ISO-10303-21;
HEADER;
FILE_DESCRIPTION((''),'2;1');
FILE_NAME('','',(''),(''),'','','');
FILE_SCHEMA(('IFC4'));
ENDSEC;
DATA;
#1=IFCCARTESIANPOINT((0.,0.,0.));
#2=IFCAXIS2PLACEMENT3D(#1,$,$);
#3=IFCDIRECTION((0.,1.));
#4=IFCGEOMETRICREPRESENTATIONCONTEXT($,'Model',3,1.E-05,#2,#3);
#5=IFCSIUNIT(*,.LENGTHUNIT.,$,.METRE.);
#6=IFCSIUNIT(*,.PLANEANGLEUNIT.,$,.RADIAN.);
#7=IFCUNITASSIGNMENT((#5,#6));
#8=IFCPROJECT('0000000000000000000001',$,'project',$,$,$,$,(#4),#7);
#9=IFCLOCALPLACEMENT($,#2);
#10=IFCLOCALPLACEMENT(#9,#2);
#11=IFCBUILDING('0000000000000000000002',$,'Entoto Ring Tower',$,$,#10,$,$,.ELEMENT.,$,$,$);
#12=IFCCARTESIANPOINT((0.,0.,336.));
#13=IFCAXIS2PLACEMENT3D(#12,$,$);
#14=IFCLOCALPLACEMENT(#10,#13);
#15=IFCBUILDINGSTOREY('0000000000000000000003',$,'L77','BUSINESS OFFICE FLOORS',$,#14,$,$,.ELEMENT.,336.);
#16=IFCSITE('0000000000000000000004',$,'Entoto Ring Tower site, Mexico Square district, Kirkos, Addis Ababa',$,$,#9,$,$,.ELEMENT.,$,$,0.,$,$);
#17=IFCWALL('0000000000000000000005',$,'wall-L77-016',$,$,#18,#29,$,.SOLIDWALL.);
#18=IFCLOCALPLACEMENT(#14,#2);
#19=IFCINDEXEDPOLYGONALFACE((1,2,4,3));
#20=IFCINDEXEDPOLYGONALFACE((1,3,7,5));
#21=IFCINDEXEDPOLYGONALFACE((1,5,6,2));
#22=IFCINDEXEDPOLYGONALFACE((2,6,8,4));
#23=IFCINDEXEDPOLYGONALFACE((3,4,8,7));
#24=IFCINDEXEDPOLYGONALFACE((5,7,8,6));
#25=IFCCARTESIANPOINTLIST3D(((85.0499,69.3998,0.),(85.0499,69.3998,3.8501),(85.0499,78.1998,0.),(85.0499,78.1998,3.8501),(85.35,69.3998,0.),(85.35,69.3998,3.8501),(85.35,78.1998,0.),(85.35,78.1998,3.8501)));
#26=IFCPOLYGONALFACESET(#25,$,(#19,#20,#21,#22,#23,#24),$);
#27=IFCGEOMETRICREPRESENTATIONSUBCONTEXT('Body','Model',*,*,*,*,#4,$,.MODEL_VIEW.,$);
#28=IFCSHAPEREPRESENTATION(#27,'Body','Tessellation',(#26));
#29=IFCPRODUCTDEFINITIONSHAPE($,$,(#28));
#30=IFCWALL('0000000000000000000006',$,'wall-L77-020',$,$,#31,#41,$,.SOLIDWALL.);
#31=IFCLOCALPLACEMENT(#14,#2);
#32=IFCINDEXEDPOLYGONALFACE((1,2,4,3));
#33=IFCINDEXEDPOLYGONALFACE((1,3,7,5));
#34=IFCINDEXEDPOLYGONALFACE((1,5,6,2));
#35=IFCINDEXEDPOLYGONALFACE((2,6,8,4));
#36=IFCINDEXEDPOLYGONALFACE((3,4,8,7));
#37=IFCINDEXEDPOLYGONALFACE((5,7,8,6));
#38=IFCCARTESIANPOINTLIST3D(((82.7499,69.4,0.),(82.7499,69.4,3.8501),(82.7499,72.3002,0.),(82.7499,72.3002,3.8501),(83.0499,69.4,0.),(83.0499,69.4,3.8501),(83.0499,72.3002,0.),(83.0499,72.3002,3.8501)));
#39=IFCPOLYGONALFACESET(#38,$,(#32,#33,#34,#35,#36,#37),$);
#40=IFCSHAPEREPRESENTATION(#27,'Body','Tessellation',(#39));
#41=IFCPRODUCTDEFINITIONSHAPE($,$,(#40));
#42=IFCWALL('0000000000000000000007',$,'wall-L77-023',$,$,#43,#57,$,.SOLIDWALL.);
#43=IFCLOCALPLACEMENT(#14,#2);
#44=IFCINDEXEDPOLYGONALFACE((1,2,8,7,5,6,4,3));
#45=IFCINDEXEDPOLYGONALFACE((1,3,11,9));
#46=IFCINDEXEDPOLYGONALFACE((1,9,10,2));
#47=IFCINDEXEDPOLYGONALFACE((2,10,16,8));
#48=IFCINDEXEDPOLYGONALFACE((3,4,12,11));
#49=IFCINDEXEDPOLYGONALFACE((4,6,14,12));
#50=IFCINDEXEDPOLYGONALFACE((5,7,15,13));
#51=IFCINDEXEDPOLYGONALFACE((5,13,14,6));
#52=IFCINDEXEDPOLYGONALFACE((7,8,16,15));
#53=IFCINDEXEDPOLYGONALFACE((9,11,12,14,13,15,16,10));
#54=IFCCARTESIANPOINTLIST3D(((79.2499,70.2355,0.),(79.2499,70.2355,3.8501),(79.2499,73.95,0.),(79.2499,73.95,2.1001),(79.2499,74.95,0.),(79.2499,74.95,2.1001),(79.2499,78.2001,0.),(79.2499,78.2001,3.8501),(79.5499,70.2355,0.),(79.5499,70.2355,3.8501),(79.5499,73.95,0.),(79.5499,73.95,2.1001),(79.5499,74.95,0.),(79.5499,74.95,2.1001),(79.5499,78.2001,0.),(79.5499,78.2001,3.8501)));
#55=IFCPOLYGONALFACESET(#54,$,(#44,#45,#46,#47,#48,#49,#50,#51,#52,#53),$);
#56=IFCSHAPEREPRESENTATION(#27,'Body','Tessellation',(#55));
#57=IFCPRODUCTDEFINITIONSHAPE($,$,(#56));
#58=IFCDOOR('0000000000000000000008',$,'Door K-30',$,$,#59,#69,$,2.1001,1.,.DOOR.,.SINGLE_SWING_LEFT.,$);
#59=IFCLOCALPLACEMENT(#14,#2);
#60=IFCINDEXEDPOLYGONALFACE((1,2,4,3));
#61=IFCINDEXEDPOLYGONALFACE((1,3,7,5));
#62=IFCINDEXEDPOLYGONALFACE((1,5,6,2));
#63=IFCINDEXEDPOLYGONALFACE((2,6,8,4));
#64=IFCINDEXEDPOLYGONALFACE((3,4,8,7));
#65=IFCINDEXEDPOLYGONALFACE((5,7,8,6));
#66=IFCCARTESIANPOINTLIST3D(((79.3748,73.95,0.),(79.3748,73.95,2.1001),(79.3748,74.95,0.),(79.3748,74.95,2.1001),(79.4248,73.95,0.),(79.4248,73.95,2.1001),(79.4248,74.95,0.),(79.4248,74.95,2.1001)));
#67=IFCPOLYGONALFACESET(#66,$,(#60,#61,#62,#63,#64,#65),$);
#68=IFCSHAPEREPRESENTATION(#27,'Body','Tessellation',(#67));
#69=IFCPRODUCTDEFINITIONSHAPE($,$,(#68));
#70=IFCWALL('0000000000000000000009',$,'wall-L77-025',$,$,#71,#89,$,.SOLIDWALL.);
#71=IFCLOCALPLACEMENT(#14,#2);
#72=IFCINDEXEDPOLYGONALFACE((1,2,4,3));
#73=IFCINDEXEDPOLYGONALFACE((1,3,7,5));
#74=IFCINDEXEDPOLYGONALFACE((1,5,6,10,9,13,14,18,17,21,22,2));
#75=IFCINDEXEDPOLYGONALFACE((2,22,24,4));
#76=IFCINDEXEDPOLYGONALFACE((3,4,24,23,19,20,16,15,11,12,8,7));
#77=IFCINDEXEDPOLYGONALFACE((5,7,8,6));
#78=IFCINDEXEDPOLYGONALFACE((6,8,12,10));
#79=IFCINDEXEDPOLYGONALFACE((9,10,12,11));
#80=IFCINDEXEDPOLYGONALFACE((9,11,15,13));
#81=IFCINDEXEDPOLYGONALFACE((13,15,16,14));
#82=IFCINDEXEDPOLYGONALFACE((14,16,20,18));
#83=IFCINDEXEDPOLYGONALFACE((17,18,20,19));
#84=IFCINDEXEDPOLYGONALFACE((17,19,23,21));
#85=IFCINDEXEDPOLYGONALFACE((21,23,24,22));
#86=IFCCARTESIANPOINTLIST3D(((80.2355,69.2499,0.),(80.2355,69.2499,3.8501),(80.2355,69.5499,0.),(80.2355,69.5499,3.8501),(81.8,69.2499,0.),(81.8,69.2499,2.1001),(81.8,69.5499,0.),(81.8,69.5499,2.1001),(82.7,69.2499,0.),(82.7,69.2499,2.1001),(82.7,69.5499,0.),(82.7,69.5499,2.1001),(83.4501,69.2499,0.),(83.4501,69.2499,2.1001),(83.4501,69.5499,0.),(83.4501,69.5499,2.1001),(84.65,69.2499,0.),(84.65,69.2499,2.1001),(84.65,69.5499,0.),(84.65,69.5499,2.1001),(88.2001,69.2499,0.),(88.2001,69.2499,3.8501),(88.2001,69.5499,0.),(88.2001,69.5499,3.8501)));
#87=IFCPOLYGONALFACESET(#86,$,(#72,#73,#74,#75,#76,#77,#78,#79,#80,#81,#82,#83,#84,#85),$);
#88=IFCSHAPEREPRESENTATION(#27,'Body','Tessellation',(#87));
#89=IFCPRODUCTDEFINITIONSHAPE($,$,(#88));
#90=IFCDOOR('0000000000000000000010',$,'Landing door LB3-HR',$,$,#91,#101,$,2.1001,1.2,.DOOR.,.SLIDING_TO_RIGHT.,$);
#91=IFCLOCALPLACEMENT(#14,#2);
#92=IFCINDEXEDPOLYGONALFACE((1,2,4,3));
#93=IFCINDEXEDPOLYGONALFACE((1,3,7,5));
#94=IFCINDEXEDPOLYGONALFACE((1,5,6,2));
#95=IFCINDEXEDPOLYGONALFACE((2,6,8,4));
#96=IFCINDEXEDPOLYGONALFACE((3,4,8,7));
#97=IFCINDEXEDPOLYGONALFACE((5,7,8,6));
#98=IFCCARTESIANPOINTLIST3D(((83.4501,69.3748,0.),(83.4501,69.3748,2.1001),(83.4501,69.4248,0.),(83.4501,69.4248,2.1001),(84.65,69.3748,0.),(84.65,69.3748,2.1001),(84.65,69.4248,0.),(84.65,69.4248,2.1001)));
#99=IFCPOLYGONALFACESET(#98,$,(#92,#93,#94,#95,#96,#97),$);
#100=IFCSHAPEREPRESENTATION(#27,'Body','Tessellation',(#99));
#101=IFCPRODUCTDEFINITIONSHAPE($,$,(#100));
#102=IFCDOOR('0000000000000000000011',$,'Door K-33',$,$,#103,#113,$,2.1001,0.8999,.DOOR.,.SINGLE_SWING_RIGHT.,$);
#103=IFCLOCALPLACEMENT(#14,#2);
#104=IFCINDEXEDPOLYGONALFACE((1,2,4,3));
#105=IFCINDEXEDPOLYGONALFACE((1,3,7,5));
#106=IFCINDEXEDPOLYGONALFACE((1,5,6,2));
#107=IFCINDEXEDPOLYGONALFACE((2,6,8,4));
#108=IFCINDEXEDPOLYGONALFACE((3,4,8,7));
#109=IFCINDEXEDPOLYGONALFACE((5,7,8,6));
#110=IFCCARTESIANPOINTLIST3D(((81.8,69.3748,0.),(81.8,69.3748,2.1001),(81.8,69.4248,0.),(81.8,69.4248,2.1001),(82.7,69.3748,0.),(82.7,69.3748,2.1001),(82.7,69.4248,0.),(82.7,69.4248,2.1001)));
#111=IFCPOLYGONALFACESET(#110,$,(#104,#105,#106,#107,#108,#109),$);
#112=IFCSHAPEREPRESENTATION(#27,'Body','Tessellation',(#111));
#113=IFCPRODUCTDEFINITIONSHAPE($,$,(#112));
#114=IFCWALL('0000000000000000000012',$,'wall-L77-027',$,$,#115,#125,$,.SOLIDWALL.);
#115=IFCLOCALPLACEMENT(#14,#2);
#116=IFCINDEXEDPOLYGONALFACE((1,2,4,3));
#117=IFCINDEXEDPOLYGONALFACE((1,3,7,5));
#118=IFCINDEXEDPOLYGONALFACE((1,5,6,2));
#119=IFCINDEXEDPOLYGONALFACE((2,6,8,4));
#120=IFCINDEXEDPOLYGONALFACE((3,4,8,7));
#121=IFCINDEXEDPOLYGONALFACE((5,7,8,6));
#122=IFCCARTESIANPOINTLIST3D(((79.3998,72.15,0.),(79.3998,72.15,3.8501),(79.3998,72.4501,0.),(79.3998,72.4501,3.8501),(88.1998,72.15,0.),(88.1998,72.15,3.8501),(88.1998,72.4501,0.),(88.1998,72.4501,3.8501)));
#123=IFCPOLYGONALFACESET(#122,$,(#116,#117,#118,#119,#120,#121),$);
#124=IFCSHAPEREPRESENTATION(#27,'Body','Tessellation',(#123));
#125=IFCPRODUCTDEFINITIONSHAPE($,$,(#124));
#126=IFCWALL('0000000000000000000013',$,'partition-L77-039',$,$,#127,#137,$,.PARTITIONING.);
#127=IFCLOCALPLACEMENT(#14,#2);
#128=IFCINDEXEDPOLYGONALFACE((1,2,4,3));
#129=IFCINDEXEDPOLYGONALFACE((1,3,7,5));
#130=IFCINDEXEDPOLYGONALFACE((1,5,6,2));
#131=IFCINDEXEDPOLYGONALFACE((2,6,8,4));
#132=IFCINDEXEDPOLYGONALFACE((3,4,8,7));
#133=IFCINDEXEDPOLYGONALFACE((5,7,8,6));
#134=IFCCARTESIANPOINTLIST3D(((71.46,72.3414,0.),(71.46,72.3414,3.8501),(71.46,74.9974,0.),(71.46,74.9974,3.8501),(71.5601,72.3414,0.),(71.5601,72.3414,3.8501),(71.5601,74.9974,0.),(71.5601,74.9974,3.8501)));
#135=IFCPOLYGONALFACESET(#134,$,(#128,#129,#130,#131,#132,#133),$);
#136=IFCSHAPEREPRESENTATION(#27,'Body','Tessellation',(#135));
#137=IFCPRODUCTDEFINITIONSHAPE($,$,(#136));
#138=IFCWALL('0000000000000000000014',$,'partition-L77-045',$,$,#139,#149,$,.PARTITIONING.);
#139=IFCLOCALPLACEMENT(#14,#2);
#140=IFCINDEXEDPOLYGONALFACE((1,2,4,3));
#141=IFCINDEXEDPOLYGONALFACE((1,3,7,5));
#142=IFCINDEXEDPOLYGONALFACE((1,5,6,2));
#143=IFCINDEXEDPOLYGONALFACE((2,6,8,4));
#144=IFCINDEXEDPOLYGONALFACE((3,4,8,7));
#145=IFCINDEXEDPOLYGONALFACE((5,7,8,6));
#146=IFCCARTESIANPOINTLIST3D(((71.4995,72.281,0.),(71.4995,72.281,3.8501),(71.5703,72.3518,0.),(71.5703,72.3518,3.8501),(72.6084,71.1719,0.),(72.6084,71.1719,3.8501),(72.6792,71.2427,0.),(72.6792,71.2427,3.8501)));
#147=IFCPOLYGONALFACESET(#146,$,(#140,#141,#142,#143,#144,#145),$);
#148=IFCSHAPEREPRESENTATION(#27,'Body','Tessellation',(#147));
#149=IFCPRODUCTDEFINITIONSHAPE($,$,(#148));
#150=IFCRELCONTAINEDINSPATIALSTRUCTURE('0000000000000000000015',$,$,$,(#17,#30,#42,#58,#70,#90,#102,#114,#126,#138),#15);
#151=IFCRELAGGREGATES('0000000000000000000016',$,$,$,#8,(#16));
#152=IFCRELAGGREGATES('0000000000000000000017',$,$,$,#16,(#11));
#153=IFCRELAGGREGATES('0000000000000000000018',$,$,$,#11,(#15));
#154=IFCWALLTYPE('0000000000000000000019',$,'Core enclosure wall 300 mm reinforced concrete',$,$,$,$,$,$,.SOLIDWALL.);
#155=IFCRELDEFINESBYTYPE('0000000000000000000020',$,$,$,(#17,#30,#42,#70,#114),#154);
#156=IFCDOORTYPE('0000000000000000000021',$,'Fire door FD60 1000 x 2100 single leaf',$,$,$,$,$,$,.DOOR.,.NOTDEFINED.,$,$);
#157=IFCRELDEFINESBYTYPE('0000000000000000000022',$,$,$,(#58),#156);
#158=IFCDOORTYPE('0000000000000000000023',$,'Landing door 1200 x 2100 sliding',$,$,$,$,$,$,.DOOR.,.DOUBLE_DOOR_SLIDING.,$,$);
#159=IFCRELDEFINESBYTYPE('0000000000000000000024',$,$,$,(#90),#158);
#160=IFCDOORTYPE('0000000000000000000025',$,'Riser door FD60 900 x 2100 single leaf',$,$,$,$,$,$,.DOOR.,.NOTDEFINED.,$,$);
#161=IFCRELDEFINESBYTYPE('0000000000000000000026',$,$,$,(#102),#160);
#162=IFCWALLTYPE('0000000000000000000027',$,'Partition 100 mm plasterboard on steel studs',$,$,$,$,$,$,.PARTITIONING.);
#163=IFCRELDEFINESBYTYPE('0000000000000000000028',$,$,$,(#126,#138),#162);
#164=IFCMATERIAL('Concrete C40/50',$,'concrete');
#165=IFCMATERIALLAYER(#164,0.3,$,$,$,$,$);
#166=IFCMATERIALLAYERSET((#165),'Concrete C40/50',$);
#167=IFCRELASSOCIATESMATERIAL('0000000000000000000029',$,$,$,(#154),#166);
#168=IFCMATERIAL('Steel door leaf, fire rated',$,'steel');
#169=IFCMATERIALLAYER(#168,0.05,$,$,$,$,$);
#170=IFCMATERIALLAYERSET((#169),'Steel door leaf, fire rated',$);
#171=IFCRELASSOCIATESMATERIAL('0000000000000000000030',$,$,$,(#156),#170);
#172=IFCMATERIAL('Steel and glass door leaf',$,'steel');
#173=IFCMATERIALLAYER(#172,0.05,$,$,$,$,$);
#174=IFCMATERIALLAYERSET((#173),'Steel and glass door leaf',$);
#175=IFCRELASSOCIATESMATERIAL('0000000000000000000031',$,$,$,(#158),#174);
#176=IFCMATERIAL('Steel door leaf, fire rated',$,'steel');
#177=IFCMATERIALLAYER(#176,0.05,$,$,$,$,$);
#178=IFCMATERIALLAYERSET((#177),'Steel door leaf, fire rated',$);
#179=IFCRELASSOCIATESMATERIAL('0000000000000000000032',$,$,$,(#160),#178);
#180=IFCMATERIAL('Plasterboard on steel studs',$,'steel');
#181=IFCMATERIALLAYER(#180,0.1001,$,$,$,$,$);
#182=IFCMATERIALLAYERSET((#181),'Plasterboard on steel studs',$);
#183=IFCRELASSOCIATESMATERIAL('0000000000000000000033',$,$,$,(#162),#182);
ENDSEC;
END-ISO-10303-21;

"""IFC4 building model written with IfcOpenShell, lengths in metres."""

from ifc_helpers import new_model, si_unit, direction, frame, frame_2d, origin, place, context, subcontext, project, spatial, rectangle, extrude, material, layer, layer_set, type_object, element, fill, save


model = new_model("IFC4")

# Units and contexts
model_context = context("Model", 3, precision=1e-05, world=origin(), true_north=direction((0.0, 1.0)))
body_context = subcontext(model_context, "Body", "Model", "MODEL_VIEW")
ifc_project = project(units=[si_unit("LENGTHUNIT", "METRE"), si_unit("PLANEANGLEUNIT", "RADIAN")], contexts=[model_context])

# Site, building, storey
site_placement = place(None, origin())
site = spatial("IfcSite", under=ifc_project, at=site_placement, Name="Entoto Ring Tower site, Mexico Square district, Kirkos, Addis Ababa", CompositionType="ELEMENT", RefElevation=0.0)
building_placement = place(site_placement, origin())
building = spatial("IfcBuilding", under=site, at=building_placement, Name="Entoto Ring Tower", CompositionType="ELEMENT")
storey_placement = place(building_placement, frame((0.0, 0.0, 336.0)))
storey = spatial("IfcBuildingStorey", under=building, at=storey_placement, Name="L77", Description="BUSINESS OFFICE FLOORS", CompositionType="ELEMENT", Elevation=336.0)

# Walls
ifc_material_1 = material(Name="Concrete C40/50", Category="concrete")
ifc_layer_1 = layer(ifc_material_1, 0.3)
ifc_layer_set_1 = layer_set([ifc_layer_1], Name="Concrete C40/50")
wall_type_1 = type_object("IfcWallType", Name="Core enclosure wall 300 mm reinforced concrete", PredefinedType="SOLIDWALL", material=ifc_layer_set_1)
wall_1_placement = place(storey_placement, frame((85.2, 69.3999, 0.0), z_axis=(0.0, 0.0, 1.0), x_axis=(0.0, 1.0, 0.0)))
element("IfcWall", 1, at=wall_1_placement, inside=storey, type_object=wall_type_1, Name="wall-L77-016", PredefinedType="SOLIDWALL", context=body_context, shape_type="SweptSolid", body=[
    extrude(rectangle(XDim=8.8, YDim=0.3, at=frame_2d((4.3999, 0.0))), origin(), (0.0, 0.0, 1.0), 3.8501),
])
wall_2_placement = place(storey_placement, frame((82.8999, 69.3999, 0.0), z_axis=(0.0, 0.0, 1.0), x_axis=(0.0, 1.0, 0.0)))
element("IfcWall", 2, at=wall_2_placement, inside=storey, type_object=wall_type_1, Name="wall-L77-020", PredefinedType="SOLIDWALL", context=body_context, shape_type="SweptSolid", body=[
    extrude(rectangle(XDim=2.9001, YDim=0.3, at=frame_2d((1.4502, 0.0))), origin(), (0.0, 0.0, 1.0), 3.8501),
])

# Wall, opening, door
wall_3_placement = place(storey_placement, frame((79.3999, 70.2354, 0.0), z_axis=(0.0, 0.0, 1.0), x_axis=(0.0, 1.0, 0.0)))
wall_3 = element("IfcWall", 3, at=wall_3_placement, inside=storey, type_object=wall_type_1, Name="wall-L77-023", PredefinedType="SOLIDWALL", context=body_context, shape_type="SweptSolid", body=[
    extrude(rectangle(XDim=7.9646, YDim=0.3, at=frame_2d((3.9824, 0.0))), origin(), (0.0, 0.0, 1.0), 3.8501),
])
opening_1_placement = place(wall_3_placement, frame((3.7146, 0.0, 0.0)))
opening_1 = element("IfcOpeningElement", 4, at=opening_1_placement, cuts=wall_3, PredefinedType="OPENING", context=body_context, shape_type="SweptSolid", body=[
    extrude(rectangle(XDim=1.0, YDim=2.1001, at=frame_2d((0.5, 1.05))), frame((0.0, 0.1602, 0.0), z_axis=(0.0, -1.0, 0.0), x_axis=(1.0, 0.0, 0.0)), (0.0, 0.0, 1.0), 0.3201),
])
ifc_material_2 = material(Name="Steel door leaf, fire rated", Category="steel")
ifc_layer_2 = layer(ifc_material_2, 0.05)
ifc_layer_set_2 = layer_set([ifc_layer_2], Name="Steel door leaf, fire rated")
door_type_1 = type_object("IfcDoorType", Name="Fire door FD60 1000 x 2100 single leaf", OperationType="NOTDEFINED", PredefinedType="DOOR", material=ifc_layer_set_2)
door_1_placement = place(opening_1_placement, frame((1.0, 0.0, 0.0), z_axis=(0.0, 0.0, 1.0), x_axis=(-1.0, 0.0, 0.0)))
door_1 = element("IfcDoor", 5, at=door_1_placement, inside=storey, type_object=door_type_1, Name="Door K-30", OperationType="SINGLE_SWING_LEFT", OverallHeight=2.1001, OverallWidth=1.0, PredefinedType="DOOR", context=body_context, shape_type="SweptSolid", body=[
    extrude(rectangle(XDim=1.0, YDim=2.1001, at=frame_2d((0.5, 1.05))), frame((0.0, 0.0249, 0.0), z_axis=(0.0, -1.0, 0.0), x_axis=(1.0, 0.0, 0.0)), (0.0, 0.0, 1.0), 0.05),
])
fill(opening_1, door_1)

# Wall, openings, doors
wall_4_placement = place(storey_placement, frame((80.2354, 69.3999, 0.0), z_axis=(0.0, 0.0, 1.0), x_axis=(1.0, 0.0, 0.0)))
wall_4 = element("IfcWall", 6, at=wall_4_placement, inside=storey, type_object=wall_type_1, Name="wall-L77-025", PredefinedType="SOLIDWALL", context=body_context, shape_type="SweptSolid", body=[
    extrude(rectangle(XDim=7.9646, YDim=0.3, at=frame_2d((3.9824, 0.0))), origin(), (0.0, 0.0, 1.0), 3.8501),
])
opening_2_placement = place(wall_4_placement, frame((3.2146, 0.0, 0.0)))
opening_2 = element("IfcOpeningElement", 7, at=opening_2_placement, cuts=wall_4, PredefinedType="OPENING", context=body_context, shape_type="SweptSolid", body=[
    extrude(rectangle(XDim=1.2, YDim=2.1001, at=frame_2d((0.6001, 1.05))), frame((0.0, 0.1602, 0.0), z_axis=(0.0, -1.0, 0.0), x_axis=(1.0, 0.0, 0.0)), (0.0, 0.0, 1.0), 0.3201),
])
opening_3_placement = place(wall_4_placement, frame((1.5647, 0.0, 0.0)))
opening_3 = element("IfcOpeningElement", 8, at=opening_3_placement, cuts=wall_4, PredefinedType="OPENING", context=body_context, shape_type="SweptSolid", body=[
    extrude(rectangle(XDim=0.8999, YDim=2.1001, at=frame_2d((0.45, 1.05))), frame((0.0, 0.1602, 0.0), z_axis=(0.0, -1.0, 0.0), x_axis=(1.0, 0.0, 0.0)), (0.0, 0.0, 1.0), 0.3201),
])
ifc_material_3 = material(Name="Steel and glass door leaf", Category="steel")
ifc_layer_3 = layer(ifc_material_3, 0.05)
ifc_layer_set_3 = layer_set([ifc_layer_3], Name="Steel and glass door leaf")
door_type_2 = type_object("IfcDoorType", Name="Landing door 1200 x 2100 sliding", OperationType="DOUBLE_DOOR_SLIDING", PredefinedType="DOOR", material=ifc_layer_set_3)
door_2_placement = place(opening_2_placement, origin())
door_2 = element("IfcDoor", 9, at=door_2_placement, inside=storey, type_object=door_type_2, Name="Landing door LB3-HR", OperationType="SLIDING_TO_RIGHT", OverallHeight=2.1001, OverallWidth=1.2, PredefinedType="DOOR", context=body_context, shape_type="SweptSolid", body=[
    extrude(rectangle(XDim=1.2, YDim=2.1001, at=frame_2d((0.6001, 1.05))), frame((0.0, 0.0249, 0.0), z_axis=(0.0, -1.0, 0.0), x_axis=(1.0, 0.0, 0.0)), (0.0, 0.0, 1.0), 0.05),
])
fill(opening_2, door_2)
ifc_material_4 = material(Name="Steel door leaf, fire rated", Category="steel")
ifc_layer_4 = layer(ifc_material_4, 0.05)
ifc_layer_set_4 = layer_set([ifc_layer_4], Name="Steel door leaf, fire rated")
door_type_3 = type_object("IfcDoorType", Name="Riser door FD60 900 x 2100 single leaf", OperationType="NOTDEFINED", PredefinedType="DOOR", material=ifc_layer_set_4)
door_3_placement = place(opening_3_placement, origin())
door_3 = element("IfcDoor", 10, at=door_3_placement, inside=storey, type_object=door_type_3, Name="Door K-33", OperationType="SINGLE_SWING_RIGHT", OverallHeight=2.1001, OverallWidth=0.8999, PredefinedType="DOOR", context=body_context, shape_type="SweptSolid", body=[
    extrude(rectangle(XDim=0.8999, YDim=2.1001, at=frame_2d((0.45, 1.05))), frame((0.0, 0.0249, 0.0), z_axis=(0.0, -1.0, 0.0), x_axis=(1.0, 0.0, 0.0)), (0.0, 0.0, 1.0), 0.05),
])
fill(opening_3, door_3)

# Walls
wall_5_placement = place(storey_placement, frame((79.3999, 72.3, 0.0), z_axis=(0.0, 0.0, 1.0), x_axis=(1.0, 0.0, 0.0)))
element("IfcWall", 11, at=wall_5_placement, inside=storey, type_object=wall_type_1, Name="wall-L77-027", PredefinedType="SOLIDWALL", context=body_context, shape_type="SweptSolid", body=[
    extrude(rectangle(XDim=8.8, YDim=0.3, at=frame_2d((4.3999, 0.0))), origin(), (0.0, 0.0, 1.0), 3.8501),
])
ifc_material_5 = material(Name="Plasterboard on steel studs", Category="steel")
ifc_layer_5 = layer(ifc_material_5, 0.1001)
ifc_layer_set_5 = layer_set([ifc_layer_5], Name="Plasterboard on steel studs")
wall_type_2 = type_object("IfcWallType", Name="Partition 100 mm plasterboard on steel studs", PredefinedType="PARTITIONING", material=ifc_layer_set_5)
wall_6_placement = place(storey_placement, frame((71.51, 72.3413, 0.0), z_axis=(0.0, 0.0, 1.0), x_axis=(0.0, 1.0, 0.0)))
element("IfcWall", 12, at=wall_6_placement, inside=storey, type_object=wall_type_2, Name="partition-L77-039", PredefinedType="PARTITIONING", context=body_context, shape_type="SweptSolid", body=[
    extrude(rectangle(XDim=2.656, YDim=0.1001, at=frame_2d((1.3281, 0.0))), origin(), (0.0, 0.0, 1.0), 3.8501),
])
wall_7_placement = place(storey_placement, frame((72.6438, 71.2073, 0.0), z_axis=(0.0, 0.0, 1.0), x_axis=(-0.707029, 0.707185, 0.0)))
element("IfcWall", 13, at=wall_7_placement, inside=storey, type_object=wall_type_2, Name="partition-L77-045", PredefinedType="PARTITIONING", context=body_context, shape_type="SweptSolid", body=[
    extrude(rectangle(XDim=1.5684, YDim=0.1001, at=frame_2d((0.7842, 0.0))), origin(), (0.0, 0.0, 1.0), 3.8501),
])

save(model, "model.ifc")
